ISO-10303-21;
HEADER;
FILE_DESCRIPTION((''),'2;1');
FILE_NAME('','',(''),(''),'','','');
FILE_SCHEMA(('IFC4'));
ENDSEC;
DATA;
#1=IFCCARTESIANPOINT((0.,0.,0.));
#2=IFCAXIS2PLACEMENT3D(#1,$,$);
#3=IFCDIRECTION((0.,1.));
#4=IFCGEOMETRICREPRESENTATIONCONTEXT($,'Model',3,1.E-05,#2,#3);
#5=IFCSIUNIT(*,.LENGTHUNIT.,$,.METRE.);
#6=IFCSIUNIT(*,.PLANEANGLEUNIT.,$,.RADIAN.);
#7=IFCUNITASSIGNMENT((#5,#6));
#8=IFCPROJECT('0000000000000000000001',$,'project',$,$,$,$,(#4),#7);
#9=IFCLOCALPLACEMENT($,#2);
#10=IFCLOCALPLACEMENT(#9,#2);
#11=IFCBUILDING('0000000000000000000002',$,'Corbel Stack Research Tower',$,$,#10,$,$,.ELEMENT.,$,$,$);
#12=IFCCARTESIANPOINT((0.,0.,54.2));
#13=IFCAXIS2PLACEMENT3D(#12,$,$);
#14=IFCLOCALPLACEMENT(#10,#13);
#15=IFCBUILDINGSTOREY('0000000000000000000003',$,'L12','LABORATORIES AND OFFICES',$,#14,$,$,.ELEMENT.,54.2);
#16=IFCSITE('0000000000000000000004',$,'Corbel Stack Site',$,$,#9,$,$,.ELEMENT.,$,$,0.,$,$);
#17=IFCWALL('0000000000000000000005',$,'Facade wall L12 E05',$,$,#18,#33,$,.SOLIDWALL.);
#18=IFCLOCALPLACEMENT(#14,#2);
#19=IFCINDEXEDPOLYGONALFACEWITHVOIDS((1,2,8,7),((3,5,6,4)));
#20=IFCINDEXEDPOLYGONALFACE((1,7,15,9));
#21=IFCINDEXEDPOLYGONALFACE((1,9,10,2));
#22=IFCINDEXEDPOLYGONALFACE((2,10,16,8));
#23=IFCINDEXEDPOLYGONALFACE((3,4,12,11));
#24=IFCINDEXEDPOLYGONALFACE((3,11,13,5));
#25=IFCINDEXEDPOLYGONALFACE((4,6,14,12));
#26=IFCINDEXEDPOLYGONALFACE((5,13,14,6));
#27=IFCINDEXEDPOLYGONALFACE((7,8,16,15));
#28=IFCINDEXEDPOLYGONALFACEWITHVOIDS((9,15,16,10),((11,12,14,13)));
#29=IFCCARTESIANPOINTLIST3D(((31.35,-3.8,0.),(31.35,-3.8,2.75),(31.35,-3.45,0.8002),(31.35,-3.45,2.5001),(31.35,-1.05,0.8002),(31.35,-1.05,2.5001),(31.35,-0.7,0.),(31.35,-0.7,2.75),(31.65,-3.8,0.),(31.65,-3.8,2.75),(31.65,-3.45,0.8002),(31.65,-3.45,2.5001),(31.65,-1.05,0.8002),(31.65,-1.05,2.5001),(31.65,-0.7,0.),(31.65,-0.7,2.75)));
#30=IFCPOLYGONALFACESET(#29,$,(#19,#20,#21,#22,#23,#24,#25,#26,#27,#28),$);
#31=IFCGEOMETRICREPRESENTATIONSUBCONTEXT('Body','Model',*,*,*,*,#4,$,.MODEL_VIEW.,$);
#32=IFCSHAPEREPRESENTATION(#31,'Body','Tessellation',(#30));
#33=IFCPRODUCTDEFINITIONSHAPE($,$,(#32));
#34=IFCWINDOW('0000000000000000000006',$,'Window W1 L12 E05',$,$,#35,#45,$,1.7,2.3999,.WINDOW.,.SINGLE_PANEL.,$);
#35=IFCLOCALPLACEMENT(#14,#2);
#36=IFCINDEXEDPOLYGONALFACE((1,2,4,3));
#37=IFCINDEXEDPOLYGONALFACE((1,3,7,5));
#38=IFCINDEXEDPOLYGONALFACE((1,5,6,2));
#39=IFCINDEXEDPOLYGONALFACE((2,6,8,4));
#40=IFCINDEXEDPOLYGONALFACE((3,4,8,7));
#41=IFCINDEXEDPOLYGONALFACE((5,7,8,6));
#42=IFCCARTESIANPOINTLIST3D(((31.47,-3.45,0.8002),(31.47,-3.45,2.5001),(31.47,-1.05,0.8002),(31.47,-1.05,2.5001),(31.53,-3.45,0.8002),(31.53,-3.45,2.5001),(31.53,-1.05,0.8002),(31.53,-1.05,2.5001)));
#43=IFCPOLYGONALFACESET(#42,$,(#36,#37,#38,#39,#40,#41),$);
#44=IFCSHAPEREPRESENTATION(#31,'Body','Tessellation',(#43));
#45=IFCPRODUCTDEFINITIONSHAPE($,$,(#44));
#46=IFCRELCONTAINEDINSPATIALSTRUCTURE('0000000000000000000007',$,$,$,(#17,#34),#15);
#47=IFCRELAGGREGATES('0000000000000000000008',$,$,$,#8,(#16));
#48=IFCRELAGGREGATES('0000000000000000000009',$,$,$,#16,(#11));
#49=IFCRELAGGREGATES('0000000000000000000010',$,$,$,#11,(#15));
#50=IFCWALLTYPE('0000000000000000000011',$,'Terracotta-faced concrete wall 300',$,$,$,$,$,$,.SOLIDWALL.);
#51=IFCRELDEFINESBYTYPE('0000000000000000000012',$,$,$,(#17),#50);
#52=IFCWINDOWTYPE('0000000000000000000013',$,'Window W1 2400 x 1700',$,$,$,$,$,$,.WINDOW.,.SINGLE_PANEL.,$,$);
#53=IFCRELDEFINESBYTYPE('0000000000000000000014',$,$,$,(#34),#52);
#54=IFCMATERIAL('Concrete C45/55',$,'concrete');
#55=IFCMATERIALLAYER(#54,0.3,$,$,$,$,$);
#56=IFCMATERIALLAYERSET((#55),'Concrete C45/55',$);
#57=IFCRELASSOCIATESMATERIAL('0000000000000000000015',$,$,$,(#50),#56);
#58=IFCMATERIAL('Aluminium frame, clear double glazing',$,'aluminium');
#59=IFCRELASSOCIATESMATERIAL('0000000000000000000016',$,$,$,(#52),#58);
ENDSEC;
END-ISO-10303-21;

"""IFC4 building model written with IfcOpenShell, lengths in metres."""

from ifc_helpers import new_model, si_unit, direction, frame, frame_2d, origin, place, context, subcontext, project, spatial, rectangle, extrude, material, layer, layer_set, type_object, element, fill, save


model = new_model("IFC4")

# Units and contexts
model_context = context("Model", 3, precision=1e-05, world=origin(), true_north=direction((0.0, 1.0)))
body_context = subcontext(model_context, "Body", "Model", "MODEL_VIEW")
ifc_project = project(units=[si_unit("LENGTHUNIT", "METRE"), si_unit("PLANEANGLEUNIT", "RADIAN")], contexts=[model_context])

# Site, building, storey
site_placement = place(None, origin())
site = spatial("IfcSite", under=ifc_project, at=site_placement, Name="Corbel Stack Site", CompositionType="ELEMENT", RefElevation=0.0)
building_placement = place(site_placement, origin())
building = spatial("IfcBuilding", under=site, at=building_placement, Name="Corbel Stack Research Tower", CompositionType="ELEMENT")
storey_placement = place(building_placement, frame((0.0, 0.0, 54.2)))
storey = spatial("IfcBuildingStorey", under=building, at=storey_placement, Name="L12", Description="LABORATORIES AND OFFICES", CompositionType="ELEMENT", Elevation=54.2)

# Wall, opening, window
ifc_material_1 = material(Name="Concrete C45/55", Category="concrete")
ifc_layer_1 = layer(ifc_material_1, 0.3)
ifc_layer_set_1 = layer_set([ifc_layer_1], Name="Concrete C45/55")
wall_type_1 = type_object("IfcWallType", Name="Terracotta-faced concrete wall 300", PredefinedType="SOLIDWALL", material=ifc_layer_set_1)
ifc_material_2 = material(Name="Aluminium frame, clear double glazing", Category="aluminium")
window_type = type_object("IfcWindowType", Name="Window W1 2400 x 1700", PartitioningType="SINGLE_PANEL", PredefinedType="WINDOW", material=ifc_material_2)
wall_1_placement = place(storey_placement, frame((31.5, -0.7, 0.0), z_axis=(0.0, 0.0, 1.0), x_axis=(0.0, -1.0, 0.0)))
wall_1 = element("IfcWall", 1, at=wall_1_placement, inside=storey, type_object=wall_type_1, Name="Facade wall L12 E05", PredefinedType="SOLIDWALL", context=body_context, shape_type="SweptSolid", body=[
    extrude(rectangle(XDim=3.1001, YDim=0.3, at=frame_2d((1.55, 0.0))), origin(), (0.0, 0.0, 1.0), 2.75),
])
opening_1_placement = place(wall_1_placement, frame((0.3501, 0.0, 0.8)))
opening_1 = element("IfcOpeningElement", 2, at=opening_1_placement, cuts=wall_1, PredefinedType="OPENING", context=body_context, shape_type="SweptSolid", body=[
    extrude(rectangle(XDim=2.3999, YDim=1.7, at=frame_2d((1.2, 0.8501))), frame((0.0, 0.1599, 0.0), z_axis=(0.0, -1.0, 0.0), x_axis=(1.0, 0.0, 0.0)), (0.0, 0.0, 1.0), 0.3201),
])
window_1_placement = place(opening_1_placement, origin())
window_1 = element("IfcWindow", 3, at=window_1_placement, inside=storey, type_object=window_type, Name="Window W1 L12 E05", OverallHeight=1.7, OverallWidth=2.3999, PartitioningType="SINGLE_PANEL", PredefinedType="WINDOW", context=body_context, shape_type="SweptSolid", body=[
    extrude(rectangle(XDim=2.3999, YDim=1.7, at=frame_2d((1.2, 0.8501))), frame((0.0, 0.03, 0.0), z_axis=(0.0, -1.0, 0.0), x_axis=(1.0, 0.0, 0.0)), (0.0, 0.0, 1.0), 0.0601),
])
fill(opening_1, window_1)

save(model, "model.ifc")
